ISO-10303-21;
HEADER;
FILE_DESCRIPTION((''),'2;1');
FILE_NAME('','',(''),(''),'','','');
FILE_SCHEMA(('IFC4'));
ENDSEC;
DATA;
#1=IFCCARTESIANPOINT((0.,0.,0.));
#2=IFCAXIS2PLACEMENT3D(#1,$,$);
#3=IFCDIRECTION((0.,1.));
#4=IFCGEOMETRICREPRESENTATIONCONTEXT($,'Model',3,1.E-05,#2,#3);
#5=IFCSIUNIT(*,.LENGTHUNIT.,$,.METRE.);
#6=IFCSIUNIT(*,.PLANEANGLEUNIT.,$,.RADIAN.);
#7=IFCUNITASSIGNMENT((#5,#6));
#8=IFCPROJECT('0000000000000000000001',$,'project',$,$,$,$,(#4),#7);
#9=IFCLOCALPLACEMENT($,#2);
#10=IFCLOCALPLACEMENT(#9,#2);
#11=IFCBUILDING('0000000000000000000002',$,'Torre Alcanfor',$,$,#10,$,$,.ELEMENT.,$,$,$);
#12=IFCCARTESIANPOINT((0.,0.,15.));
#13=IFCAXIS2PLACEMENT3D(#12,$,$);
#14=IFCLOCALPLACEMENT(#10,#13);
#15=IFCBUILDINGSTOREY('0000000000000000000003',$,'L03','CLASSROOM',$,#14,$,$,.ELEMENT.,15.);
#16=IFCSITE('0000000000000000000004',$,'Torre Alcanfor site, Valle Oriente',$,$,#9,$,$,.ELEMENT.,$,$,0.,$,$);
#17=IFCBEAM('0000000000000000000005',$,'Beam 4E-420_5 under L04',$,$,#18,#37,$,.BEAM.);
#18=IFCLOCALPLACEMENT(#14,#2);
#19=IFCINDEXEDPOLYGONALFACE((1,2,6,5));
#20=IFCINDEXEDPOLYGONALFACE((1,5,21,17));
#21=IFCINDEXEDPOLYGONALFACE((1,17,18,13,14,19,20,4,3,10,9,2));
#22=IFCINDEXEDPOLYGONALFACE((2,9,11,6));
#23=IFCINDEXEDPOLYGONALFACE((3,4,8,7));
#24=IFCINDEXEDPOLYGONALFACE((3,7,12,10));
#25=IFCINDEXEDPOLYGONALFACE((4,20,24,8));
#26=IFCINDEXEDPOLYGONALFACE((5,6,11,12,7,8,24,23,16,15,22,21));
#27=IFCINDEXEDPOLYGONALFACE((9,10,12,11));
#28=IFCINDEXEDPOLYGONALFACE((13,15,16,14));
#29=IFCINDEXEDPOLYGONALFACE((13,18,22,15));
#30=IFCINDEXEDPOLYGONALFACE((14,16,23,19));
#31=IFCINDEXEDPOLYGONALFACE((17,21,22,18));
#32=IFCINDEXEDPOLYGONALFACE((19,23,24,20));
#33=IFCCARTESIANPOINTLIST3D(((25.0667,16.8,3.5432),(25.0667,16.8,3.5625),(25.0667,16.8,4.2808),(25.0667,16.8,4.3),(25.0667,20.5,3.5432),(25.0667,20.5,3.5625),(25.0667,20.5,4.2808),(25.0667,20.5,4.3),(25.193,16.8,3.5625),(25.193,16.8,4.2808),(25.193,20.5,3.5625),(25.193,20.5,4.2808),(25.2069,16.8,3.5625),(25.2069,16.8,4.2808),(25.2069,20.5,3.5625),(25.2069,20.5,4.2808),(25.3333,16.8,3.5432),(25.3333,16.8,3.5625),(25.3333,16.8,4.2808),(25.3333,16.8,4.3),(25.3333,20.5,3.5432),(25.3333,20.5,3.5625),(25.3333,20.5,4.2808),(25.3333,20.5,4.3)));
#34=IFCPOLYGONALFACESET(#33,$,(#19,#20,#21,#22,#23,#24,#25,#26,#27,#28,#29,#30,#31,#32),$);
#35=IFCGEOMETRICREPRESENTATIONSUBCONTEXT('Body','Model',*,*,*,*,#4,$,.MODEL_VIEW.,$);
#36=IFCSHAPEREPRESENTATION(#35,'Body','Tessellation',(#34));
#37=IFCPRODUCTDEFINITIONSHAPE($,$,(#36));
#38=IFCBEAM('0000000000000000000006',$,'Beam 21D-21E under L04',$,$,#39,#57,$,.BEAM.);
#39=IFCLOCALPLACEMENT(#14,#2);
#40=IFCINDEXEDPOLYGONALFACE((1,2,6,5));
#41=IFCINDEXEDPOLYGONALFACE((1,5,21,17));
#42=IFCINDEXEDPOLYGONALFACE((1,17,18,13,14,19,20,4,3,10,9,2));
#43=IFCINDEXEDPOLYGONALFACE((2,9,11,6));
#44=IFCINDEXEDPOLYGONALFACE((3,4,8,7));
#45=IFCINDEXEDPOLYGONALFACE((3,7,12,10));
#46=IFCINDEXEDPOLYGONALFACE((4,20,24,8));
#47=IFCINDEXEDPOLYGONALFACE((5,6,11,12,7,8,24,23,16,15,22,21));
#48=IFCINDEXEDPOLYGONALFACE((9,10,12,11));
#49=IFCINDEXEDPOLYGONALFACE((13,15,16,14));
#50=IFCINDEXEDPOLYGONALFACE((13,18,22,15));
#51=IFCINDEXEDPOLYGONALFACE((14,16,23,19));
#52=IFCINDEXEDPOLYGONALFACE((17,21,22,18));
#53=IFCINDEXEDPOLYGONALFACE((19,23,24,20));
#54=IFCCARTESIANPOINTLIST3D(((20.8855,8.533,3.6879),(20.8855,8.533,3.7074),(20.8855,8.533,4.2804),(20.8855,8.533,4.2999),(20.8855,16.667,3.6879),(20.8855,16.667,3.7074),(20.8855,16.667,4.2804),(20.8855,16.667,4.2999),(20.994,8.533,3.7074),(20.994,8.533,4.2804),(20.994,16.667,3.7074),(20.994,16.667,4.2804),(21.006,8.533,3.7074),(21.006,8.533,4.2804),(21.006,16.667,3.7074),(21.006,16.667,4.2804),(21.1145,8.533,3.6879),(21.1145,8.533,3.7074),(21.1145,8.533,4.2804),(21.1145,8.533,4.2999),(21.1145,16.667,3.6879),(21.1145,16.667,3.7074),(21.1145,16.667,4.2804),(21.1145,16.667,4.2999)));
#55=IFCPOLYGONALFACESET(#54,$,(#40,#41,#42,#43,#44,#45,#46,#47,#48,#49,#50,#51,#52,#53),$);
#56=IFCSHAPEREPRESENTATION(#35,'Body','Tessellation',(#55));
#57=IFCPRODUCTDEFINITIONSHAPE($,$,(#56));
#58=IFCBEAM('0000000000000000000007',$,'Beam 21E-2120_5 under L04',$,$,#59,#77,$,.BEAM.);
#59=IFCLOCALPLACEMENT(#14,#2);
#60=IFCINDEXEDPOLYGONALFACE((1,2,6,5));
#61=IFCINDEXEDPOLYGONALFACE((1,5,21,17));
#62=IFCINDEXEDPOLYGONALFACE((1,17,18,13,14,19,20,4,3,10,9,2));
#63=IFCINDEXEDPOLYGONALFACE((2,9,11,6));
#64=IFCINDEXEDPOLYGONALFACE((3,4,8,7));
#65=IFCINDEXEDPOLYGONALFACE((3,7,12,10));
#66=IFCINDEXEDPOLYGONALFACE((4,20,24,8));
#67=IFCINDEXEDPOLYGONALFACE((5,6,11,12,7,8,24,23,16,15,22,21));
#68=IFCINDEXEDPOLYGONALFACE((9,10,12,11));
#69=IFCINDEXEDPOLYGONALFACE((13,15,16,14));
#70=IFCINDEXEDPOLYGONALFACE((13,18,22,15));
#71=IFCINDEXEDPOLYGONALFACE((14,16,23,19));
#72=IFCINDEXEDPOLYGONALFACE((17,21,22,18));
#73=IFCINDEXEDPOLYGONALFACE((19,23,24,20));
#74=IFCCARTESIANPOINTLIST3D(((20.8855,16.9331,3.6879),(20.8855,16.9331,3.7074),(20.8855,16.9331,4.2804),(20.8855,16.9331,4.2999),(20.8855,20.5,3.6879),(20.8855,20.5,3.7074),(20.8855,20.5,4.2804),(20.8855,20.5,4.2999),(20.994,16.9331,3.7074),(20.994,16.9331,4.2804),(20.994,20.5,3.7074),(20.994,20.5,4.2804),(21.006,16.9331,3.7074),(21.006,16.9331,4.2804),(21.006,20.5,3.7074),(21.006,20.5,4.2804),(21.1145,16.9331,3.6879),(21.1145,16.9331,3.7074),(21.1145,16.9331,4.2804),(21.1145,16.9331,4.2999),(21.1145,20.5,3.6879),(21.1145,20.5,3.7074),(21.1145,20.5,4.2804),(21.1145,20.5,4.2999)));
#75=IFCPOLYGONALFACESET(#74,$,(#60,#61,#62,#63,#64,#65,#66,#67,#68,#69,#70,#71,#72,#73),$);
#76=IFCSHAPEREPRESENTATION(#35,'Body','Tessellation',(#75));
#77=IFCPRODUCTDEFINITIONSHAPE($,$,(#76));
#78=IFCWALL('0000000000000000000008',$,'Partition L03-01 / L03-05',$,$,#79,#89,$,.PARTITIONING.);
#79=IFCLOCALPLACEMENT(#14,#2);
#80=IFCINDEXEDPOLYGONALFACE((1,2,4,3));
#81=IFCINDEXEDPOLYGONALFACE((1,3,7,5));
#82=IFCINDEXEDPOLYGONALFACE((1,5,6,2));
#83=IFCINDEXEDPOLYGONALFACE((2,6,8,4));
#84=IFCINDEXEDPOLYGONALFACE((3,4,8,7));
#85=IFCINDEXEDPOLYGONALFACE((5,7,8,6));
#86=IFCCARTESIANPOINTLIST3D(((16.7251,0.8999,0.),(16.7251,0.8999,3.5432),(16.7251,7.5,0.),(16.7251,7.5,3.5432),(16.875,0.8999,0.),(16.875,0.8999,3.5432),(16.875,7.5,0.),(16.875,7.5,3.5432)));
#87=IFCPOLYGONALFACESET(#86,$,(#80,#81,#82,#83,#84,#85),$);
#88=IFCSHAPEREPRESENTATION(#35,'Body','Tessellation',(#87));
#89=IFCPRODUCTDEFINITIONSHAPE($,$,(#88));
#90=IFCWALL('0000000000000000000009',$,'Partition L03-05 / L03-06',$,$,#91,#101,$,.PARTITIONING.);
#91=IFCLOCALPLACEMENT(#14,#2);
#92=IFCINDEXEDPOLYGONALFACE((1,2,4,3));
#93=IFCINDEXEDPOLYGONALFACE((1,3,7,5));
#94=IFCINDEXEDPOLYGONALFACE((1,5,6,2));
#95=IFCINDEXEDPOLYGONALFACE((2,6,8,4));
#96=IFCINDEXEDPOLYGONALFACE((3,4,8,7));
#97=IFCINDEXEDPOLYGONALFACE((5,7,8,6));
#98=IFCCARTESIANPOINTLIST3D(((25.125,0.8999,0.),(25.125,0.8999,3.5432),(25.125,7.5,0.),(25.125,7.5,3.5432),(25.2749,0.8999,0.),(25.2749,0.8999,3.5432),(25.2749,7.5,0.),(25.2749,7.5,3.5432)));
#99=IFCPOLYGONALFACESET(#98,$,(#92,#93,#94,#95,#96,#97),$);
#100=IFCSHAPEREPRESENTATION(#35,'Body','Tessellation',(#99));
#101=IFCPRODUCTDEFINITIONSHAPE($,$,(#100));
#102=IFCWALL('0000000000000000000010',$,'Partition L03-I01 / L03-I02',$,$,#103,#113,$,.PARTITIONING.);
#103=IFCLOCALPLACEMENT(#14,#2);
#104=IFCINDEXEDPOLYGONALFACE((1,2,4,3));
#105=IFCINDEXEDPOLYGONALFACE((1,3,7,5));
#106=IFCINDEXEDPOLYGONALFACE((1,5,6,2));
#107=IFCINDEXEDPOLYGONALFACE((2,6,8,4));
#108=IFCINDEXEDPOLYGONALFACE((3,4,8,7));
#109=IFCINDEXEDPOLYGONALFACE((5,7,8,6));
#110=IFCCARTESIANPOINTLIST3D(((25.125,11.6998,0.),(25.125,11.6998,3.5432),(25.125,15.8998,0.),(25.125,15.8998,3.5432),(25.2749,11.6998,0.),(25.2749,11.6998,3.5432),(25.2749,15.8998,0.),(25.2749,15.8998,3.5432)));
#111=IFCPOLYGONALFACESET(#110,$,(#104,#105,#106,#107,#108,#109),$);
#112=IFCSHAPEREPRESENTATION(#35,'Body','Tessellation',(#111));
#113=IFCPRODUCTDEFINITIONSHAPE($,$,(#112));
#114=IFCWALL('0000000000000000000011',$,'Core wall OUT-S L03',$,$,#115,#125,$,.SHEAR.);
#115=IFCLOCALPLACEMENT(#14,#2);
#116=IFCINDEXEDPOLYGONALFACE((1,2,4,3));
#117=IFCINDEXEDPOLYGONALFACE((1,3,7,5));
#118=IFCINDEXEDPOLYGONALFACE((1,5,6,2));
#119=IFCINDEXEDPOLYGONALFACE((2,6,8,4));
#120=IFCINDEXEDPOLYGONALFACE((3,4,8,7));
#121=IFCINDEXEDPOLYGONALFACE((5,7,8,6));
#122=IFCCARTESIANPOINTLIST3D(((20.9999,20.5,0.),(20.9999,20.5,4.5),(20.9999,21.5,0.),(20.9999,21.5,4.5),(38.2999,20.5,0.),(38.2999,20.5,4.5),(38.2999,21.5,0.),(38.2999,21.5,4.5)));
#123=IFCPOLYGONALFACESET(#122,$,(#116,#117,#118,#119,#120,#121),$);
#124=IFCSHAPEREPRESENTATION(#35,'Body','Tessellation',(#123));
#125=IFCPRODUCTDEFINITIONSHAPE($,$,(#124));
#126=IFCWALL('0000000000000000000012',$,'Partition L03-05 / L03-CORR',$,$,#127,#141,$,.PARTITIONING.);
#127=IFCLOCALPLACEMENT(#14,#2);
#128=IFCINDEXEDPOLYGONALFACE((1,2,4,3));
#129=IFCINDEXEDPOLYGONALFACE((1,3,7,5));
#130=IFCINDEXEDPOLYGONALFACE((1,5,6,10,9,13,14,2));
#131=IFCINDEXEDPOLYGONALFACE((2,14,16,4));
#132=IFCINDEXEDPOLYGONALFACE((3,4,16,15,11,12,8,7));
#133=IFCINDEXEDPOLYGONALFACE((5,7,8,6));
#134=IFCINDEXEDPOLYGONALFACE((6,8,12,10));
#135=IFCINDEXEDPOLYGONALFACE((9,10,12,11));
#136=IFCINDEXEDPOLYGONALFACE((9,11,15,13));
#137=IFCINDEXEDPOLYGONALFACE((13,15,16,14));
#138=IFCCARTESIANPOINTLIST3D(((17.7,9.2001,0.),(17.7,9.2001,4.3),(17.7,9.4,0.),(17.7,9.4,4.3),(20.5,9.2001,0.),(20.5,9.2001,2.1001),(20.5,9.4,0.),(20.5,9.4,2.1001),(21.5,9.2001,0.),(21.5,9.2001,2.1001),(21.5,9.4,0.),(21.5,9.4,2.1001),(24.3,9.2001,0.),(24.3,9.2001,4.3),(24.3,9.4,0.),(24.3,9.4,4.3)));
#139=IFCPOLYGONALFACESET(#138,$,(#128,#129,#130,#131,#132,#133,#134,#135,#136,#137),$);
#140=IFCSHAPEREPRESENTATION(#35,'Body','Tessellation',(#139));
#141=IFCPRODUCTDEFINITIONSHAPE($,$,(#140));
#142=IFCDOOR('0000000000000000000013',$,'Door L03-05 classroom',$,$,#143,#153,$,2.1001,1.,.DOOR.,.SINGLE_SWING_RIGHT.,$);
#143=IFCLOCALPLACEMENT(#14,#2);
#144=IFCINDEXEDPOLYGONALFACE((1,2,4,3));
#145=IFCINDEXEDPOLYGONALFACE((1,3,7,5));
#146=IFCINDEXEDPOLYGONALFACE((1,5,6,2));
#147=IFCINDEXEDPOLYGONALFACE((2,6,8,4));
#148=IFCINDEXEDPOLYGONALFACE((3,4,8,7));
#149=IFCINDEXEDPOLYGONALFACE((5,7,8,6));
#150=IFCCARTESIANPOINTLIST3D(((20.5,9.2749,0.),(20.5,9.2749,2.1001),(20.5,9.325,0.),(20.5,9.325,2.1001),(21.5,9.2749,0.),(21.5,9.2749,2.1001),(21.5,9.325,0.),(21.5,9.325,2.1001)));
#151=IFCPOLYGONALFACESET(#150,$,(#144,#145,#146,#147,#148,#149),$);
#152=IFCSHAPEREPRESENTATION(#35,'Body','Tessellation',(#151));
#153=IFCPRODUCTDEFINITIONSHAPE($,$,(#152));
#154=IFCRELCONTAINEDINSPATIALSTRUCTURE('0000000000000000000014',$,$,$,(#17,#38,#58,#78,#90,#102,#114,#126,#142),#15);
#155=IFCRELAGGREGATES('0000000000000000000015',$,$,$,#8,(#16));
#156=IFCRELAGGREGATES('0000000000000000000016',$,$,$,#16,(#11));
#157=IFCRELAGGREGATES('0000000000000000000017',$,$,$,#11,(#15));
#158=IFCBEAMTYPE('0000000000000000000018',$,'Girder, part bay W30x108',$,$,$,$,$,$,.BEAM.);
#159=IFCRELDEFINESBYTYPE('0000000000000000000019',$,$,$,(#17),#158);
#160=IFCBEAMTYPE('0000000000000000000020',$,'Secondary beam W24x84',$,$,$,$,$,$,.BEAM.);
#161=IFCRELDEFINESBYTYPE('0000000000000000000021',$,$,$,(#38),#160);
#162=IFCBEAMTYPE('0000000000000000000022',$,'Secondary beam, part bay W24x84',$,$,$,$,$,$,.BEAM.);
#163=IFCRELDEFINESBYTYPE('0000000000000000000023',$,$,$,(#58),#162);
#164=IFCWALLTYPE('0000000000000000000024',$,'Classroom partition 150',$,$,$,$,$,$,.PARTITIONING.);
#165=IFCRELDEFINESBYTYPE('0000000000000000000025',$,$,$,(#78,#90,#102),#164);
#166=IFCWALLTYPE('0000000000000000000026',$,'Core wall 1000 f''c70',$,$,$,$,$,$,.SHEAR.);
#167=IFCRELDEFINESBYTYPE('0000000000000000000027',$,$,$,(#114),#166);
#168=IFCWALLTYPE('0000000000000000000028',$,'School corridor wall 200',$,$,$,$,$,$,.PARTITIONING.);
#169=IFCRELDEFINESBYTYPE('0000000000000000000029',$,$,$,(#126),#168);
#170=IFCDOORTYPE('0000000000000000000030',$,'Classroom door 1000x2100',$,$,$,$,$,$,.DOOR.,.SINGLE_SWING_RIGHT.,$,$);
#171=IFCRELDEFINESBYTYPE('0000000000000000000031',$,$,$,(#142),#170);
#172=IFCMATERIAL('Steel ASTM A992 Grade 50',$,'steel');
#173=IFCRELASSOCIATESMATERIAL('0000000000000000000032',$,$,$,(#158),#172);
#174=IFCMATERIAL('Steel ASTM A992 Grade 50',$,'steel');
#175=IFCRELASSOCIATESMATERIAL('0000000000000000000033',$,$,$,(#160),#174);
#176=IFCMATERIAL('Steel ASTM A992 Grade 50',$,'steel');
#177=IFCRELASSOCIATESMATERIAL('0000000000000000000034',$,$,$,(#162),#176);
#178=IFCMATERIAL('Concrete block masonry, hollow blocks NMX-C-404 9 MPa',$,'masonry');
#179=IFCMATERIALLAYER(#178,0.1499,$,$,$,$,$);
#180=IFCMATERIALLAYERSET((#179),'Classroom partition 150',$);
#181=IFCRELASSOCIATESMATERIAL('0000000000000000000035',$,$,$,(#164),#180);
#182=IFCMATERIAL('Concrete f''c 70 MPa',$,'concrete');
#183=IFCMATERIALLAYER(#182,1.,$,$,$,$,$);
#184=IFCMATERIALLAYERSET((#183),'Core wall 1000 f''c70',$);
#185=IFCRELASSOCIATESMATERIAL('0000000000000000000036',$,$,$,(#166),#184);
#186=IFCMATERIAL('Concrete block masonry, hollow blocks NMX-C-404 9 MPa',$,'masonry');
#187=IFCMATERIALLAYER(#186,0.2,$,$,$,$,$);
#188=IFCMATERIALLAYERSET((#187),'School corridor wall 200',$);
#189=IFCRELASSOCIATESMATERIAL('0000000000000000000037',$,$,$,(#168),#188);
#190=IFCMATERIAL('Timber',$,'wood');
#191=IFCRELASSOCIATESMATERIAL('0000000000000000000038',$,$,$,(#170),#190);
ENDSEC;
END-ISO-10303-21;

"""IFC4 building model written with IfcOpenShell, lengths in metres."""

from ifc_helpers import new_model, si_unit, direction, frame, frame_2d, origin, origin_2d, place, context, subcontext, project, spatial, rectangle, i_section, extrude, material, layer, layer_set, material_profile, profile_set, type_object, element, fill, save


model = new_model("IFC4")

# Units and contexts
model_context = context("Model", 3, precision=1e-05, world=origin(), true_north=direction((0.0, 1.0)))
body_context = subcontext(model_context, "Body", "Model", "MODEL_VIEW")
ifc_project = project(units=[si_unit("LENGTHUNIT", "METRE"), si_unit("PLANEANGLEUNIT", "RADIAN")], contexts=[model_context])

# Site, building, storey
site_placement = place(None, origin())
site = spatial("IfcSite", under=ifc_project, at=site_placement, Name="Torre Alcanfor site, Valle Oriente", CompositionType="ELEMENT", RefElevation=0.0)
building_placement = place(site_placement, origin())
building = spatial("IfcBuilding", under=site, at=building_placement, Name="Torre Alcanfor", CompositionType="ELEMENT")
storey_placement = place(building_placement, frame((0.0, 0.0, 15.0)))
storey = spatial("IfcBuildingStorey", under=building, at=storey_placement, Name="L03", Description="CLASSROOM", CompositionType="ELEMENT", Elevation=15.0)

# Beams
ifc_material_1 = material(Name="Steel ASTM A992 Grade 50", Category="steel")
ifc_material_profile_1 = material_profile(ifc_material_1, i_section(OverallWidth=0.2666, OverallDepth=0.7568, WebThickness=0.0139, FlangeThickness=0.0193, at=origin_2d()), Name="W30x108")
ifc_profile_set_1 = profile_set([ifc_material_profile_1], Name="Steel ASTM A992 Grade 50")
beam_type_1 = type_object("IfcBeamType", Name="Girder, part bay W30x108", PredefinedType="BEAM", material=ifc_profile_set_1)
beam_1_placement = place(storey_placement, frame((25.2, 16.8, 3.9216), z_axis=(0.0, 1.0, 0.0), x_axis=(-1.0, 0.0, 0.0)))
element("IfcBeam", 1, at=beam_1_placement, inside=storey, type_object=beam_type_1, Name="Beam 4E-420_5 under L04", PredefinedType="BEAM", context=body_context, shape_type="SweptSolid", body=[
    extrude(i_section(OverallWidth=0.2666, OverallDepth=0.7568, WebThickness=0.0139, FlangeThickness=0.0193, at=origin_2d()), origin(), (0.0, 0.0, 1.0), 3.7),
])
ifc_material_2 = material(Name="Steel ASTM A992 Grade 50", Category="steel")
ifc_material_profile_2 = material_profile(ifc_material_2, i_section(OverallWidth=0.229, OverallDepth=0.6121, WebThickness=0.012, FlangeThickness=0.0195, at=origin_2d()), Name="W24x84")
ifc_profile_set_2 = profile_set([ifc_material_profile_2], Name="Steel ASTM A992 Grade 50")
beam_type_2 = type_object("IfcBeamType", Name="Secondary beam W24x84", PredefinedType="BEAM", material=ifc_profile_set_2)
beam_2_placement = place(storey_placement, frame((21.0, 8.533, 3.9939), z_axis=(0.0, 1.0, 0.0), x_axis=(-1.0, 0.0, 0.0)))
element("IfcBeam", 2, at=beam_2_placement, inside=storey, type_object=beam_type_2, Name="Beam 21D-21E under L04", PredefinedType="BEAM", context=body_context, shape_type="SweptSolid", body=[
    extrude(i_section(OverallWidth=0.229, OverallDepth=0.6121, WebThickness=0.012, FlangeThickness=0.0195, at=origin_2d()), origin(), (0.0, 0.0, 1.0), 8.134),
])
ifc_material_3 = material(Name="Steel ASTM A992 Grade 50", Category="steel")
ifc_material_profile_3 = material_profile(ifc_material_3, i_section(OverallWidth=0.229, OverallDepth=0.6121, WebThickness=0.012, FlangeThickness=0.0195, at=origin_2d()), Name="W24x84")
ifc_profile_set_3 = profile_set([ifc_material_profile_3], Name="Steel ASTM A992 Grade 50")
beam_type_3 = type_object("IfcBeamType", Name="Secondary beam, part bay W24x84", PredefinedType="BEAM", material=ifc_profile_set_3)
beam_3_placement = place(storey_placement, frame((21.0, 16.9331, 3.9939), z_axis=(0.0, 1.0, 0.0), x_axis=(-1.0, 0.0, 0.0)))
element("IfcBeam", 3, at=beam_3_placement, inside=storey, type_object=beam_type_3, Name="Beam 21E-2120_5 under L04", PredefinedType="BEAM", context=body_context, shape_type="SweptSolid", body=[
    extrude(i_section(OverallWidth=0.229, OverallDepth=0.6121, WebThickness=0.012, FlangeThickness=0.0195, at=origin_2d()), origin(), (0.0, 0.0, 1.0), 3.5669),
])

# Walls
ifc_material_4 = material(Name="Concrete block masonry, hollow blocks NMX-C-404 9 MPa", Category="masonry")
ifc_layer_1 = layer(ifc_material_4, 0.1499)
ifc_layer_set_1 = layer_set([ifc_layer_1], Name="Classroom partition 150")
wall_type_1 = type_object("IfcWallType", Name="Classroom partition 150", PredefinedType="PARTITIONING", material=ifc_layer_set_1)
for number, where, z_axis, x_axis, name in (
    (4, (16.8, 7.5, 0.0), (0.0, 0.0, 1.0), (0.0, -1.0, 0.0), "Partition L03-01 / L03-05"),
    (5, (25.2, 7.5, 0.0), (0.0, 0.0, 1.0), (0.0, -1.0, 0.0), "Partition L03-05 / L03-06"),
):
    element("IfcWall", number, at=place(storey_placement, frame(where, z_axis=z_axis, x_axis=x_axis)), inside=storey, type_object=wall_type_1, Name=name, PredefinedType="PARTITIONING", context=body_context, shape_type="SweptSolid", body=[
        extrude(rectangle(XDim=6.6001, YDim=0.1499, at=frame_2d((3.3, 0.0))), origin(), (0.0, 0.0, 1.0), 3.5432),
    ])
wall_1_placement = place(storey_placement, frame((25.2, 15.8999, 0.0), z_axis=(0.0, 0.0, 1.0), x_axis=(0.0, -1.0, 0.0)))
element("IfcWall", 6, at=wall_1_placement, inside=storey, type_object=wall_type_1, Name="Partition L03-I01 / L03-I02", PredefinedType="PARTITIONING", context=body_context, shape_type="SweptSolid", body=[
    extrude(rectangle(XDim=4.2, YDim=0.1499, at=frame_2d((2.1001, 0.0))), origin(), (0.0, 0.0, 1.0), 3.5432),
])
ifc_material_5 = material(Name="Concrete f'c 70 MPa", Category="concrete")
ifc_layer_2 = layer(ifc_material_5, 1.0)
ifc_layer_set_2 = layer_set([ifc_layer_2], Name="Core wall 1000 f'c70")
wall_type_2 = type_object("IfcWallType", Name="Core wall 1000 f'c70", PredefinedType="SHEAR", material=ifc_layer_set_2)
wall_2_placement = place(storey_placement, frame((21.0, 21.0, 0.0), z_axis=(0.0, 0.0, 1.0), x_axis=(1.0, 0.0, 0.0)))
element("IfcWall", 7, at=wall_2_placement, inside=storey, type_object=wall_type_2, Name="Core wall OUT-S L03", PredefinedType="SHEAR", context=body_context, shape_type="SweptSolid", body=[
    extrude(rectangle(XDim=17.3, YDim=1.0, at=frame_2d((8.6499, 0.0))), origin(), (0.0, 0.0, 1.0), 4.5),
])

# Wall, opening, door
ifc_material_6 = material(Name="Concrete block masonry, hollow blocks NMX-C-404 9 MPa", Category="masonry")
ifc_layer_3 = layer(ifc_material_6, 0.2)
ifc_layer_set_3 = layer_set([ifc_layer_3], Name="School corridor wall 200")
wall_type_3 = type_object("IfcWallType", Name="School corridor wall 200", PredefinedType="PARTITIONING", material=ifc_layer_set_3)
wall_3_placement = place(storey_placement, frame((17.7, 9.3, 0.0), z_axis=(0.0, 0.0, 1.0), x_axis=(1.0, 0.0, 0.0)))
wall_3 = element("IfcWall", 8, at=wall_3_placement, inside=storey, type_object=wall_type_3, Name="Partition L03-05 / L03-CORR", PredefinedType="PARTITIONING", context=body_context, shape_type="SweptSolid", body=[
    extrude(rectangle(XDim=6.6001, YDim=0.2, at=frame_2d((3.3, 0.0))), origin(), (0.0, 0.0, 1.0), 4.3),
])
opening_1_placement = place(wall_3_placement, frame((2.8, 0.0, 0.0)))
opening_1 = element("IfcOpeningElement", 9, at=opening_1_placement, cuts=wall_3, PredefinedType="OPENING", context=body_context, shape_type="SweptSolid", body=[
    extrude(rectangle(XDim=1.0, YDim=2.1001, at=frame_2d((0.5, 1.05))), frame((0.0, 0.1099, 0.0), z_axis=(0.0, -1.0, 0.0), x_axis=(1.0, 0.0, 0.0)), (0.0, 0.0, 1.0), 0.22),
])
ifc_material_7 = material(Name="Timber", Category="wood")
door_type = type_object("IfcDoorType", Name="Classroom door 1000x2100", OperationType="SINGLE_SWING_RIGHT", PredefinedType="DOOR", material=ifc_material_7)
door_1_placement = place(opening_1_placement, frame((1.0, 0.0, 0.0), z_axis=(0.0, 0.0, 1.0), x_axis=(-1.0, 0.0, 0.0)))
door_1 = element("IfcDoor", 10, at=door_1_placement, inside=storey, type_object=door_type, Name="Door L03-05 classroom", OperationType="SINGLE_SWING_RIGHT", OverallHeight=2.1001, OverallWidth=1.0, PredefinedType="DOOR", context=body_context, shape_type="SweptSolid", body=[
    extrude(rectangle(XDim=1.0, YDim=2.1001, at=frame_2d((0.5, 1.05))), frame((0.0, 0.0251, 0.0), z_axis=(0.0, -1.0, 0.0), x_axis=(1.0, 0.0, 0.0)), (0.0, 0.0, 1.0), 0.05),
])
fill(opening_1, door_1)

save(model, "model.ifc")
